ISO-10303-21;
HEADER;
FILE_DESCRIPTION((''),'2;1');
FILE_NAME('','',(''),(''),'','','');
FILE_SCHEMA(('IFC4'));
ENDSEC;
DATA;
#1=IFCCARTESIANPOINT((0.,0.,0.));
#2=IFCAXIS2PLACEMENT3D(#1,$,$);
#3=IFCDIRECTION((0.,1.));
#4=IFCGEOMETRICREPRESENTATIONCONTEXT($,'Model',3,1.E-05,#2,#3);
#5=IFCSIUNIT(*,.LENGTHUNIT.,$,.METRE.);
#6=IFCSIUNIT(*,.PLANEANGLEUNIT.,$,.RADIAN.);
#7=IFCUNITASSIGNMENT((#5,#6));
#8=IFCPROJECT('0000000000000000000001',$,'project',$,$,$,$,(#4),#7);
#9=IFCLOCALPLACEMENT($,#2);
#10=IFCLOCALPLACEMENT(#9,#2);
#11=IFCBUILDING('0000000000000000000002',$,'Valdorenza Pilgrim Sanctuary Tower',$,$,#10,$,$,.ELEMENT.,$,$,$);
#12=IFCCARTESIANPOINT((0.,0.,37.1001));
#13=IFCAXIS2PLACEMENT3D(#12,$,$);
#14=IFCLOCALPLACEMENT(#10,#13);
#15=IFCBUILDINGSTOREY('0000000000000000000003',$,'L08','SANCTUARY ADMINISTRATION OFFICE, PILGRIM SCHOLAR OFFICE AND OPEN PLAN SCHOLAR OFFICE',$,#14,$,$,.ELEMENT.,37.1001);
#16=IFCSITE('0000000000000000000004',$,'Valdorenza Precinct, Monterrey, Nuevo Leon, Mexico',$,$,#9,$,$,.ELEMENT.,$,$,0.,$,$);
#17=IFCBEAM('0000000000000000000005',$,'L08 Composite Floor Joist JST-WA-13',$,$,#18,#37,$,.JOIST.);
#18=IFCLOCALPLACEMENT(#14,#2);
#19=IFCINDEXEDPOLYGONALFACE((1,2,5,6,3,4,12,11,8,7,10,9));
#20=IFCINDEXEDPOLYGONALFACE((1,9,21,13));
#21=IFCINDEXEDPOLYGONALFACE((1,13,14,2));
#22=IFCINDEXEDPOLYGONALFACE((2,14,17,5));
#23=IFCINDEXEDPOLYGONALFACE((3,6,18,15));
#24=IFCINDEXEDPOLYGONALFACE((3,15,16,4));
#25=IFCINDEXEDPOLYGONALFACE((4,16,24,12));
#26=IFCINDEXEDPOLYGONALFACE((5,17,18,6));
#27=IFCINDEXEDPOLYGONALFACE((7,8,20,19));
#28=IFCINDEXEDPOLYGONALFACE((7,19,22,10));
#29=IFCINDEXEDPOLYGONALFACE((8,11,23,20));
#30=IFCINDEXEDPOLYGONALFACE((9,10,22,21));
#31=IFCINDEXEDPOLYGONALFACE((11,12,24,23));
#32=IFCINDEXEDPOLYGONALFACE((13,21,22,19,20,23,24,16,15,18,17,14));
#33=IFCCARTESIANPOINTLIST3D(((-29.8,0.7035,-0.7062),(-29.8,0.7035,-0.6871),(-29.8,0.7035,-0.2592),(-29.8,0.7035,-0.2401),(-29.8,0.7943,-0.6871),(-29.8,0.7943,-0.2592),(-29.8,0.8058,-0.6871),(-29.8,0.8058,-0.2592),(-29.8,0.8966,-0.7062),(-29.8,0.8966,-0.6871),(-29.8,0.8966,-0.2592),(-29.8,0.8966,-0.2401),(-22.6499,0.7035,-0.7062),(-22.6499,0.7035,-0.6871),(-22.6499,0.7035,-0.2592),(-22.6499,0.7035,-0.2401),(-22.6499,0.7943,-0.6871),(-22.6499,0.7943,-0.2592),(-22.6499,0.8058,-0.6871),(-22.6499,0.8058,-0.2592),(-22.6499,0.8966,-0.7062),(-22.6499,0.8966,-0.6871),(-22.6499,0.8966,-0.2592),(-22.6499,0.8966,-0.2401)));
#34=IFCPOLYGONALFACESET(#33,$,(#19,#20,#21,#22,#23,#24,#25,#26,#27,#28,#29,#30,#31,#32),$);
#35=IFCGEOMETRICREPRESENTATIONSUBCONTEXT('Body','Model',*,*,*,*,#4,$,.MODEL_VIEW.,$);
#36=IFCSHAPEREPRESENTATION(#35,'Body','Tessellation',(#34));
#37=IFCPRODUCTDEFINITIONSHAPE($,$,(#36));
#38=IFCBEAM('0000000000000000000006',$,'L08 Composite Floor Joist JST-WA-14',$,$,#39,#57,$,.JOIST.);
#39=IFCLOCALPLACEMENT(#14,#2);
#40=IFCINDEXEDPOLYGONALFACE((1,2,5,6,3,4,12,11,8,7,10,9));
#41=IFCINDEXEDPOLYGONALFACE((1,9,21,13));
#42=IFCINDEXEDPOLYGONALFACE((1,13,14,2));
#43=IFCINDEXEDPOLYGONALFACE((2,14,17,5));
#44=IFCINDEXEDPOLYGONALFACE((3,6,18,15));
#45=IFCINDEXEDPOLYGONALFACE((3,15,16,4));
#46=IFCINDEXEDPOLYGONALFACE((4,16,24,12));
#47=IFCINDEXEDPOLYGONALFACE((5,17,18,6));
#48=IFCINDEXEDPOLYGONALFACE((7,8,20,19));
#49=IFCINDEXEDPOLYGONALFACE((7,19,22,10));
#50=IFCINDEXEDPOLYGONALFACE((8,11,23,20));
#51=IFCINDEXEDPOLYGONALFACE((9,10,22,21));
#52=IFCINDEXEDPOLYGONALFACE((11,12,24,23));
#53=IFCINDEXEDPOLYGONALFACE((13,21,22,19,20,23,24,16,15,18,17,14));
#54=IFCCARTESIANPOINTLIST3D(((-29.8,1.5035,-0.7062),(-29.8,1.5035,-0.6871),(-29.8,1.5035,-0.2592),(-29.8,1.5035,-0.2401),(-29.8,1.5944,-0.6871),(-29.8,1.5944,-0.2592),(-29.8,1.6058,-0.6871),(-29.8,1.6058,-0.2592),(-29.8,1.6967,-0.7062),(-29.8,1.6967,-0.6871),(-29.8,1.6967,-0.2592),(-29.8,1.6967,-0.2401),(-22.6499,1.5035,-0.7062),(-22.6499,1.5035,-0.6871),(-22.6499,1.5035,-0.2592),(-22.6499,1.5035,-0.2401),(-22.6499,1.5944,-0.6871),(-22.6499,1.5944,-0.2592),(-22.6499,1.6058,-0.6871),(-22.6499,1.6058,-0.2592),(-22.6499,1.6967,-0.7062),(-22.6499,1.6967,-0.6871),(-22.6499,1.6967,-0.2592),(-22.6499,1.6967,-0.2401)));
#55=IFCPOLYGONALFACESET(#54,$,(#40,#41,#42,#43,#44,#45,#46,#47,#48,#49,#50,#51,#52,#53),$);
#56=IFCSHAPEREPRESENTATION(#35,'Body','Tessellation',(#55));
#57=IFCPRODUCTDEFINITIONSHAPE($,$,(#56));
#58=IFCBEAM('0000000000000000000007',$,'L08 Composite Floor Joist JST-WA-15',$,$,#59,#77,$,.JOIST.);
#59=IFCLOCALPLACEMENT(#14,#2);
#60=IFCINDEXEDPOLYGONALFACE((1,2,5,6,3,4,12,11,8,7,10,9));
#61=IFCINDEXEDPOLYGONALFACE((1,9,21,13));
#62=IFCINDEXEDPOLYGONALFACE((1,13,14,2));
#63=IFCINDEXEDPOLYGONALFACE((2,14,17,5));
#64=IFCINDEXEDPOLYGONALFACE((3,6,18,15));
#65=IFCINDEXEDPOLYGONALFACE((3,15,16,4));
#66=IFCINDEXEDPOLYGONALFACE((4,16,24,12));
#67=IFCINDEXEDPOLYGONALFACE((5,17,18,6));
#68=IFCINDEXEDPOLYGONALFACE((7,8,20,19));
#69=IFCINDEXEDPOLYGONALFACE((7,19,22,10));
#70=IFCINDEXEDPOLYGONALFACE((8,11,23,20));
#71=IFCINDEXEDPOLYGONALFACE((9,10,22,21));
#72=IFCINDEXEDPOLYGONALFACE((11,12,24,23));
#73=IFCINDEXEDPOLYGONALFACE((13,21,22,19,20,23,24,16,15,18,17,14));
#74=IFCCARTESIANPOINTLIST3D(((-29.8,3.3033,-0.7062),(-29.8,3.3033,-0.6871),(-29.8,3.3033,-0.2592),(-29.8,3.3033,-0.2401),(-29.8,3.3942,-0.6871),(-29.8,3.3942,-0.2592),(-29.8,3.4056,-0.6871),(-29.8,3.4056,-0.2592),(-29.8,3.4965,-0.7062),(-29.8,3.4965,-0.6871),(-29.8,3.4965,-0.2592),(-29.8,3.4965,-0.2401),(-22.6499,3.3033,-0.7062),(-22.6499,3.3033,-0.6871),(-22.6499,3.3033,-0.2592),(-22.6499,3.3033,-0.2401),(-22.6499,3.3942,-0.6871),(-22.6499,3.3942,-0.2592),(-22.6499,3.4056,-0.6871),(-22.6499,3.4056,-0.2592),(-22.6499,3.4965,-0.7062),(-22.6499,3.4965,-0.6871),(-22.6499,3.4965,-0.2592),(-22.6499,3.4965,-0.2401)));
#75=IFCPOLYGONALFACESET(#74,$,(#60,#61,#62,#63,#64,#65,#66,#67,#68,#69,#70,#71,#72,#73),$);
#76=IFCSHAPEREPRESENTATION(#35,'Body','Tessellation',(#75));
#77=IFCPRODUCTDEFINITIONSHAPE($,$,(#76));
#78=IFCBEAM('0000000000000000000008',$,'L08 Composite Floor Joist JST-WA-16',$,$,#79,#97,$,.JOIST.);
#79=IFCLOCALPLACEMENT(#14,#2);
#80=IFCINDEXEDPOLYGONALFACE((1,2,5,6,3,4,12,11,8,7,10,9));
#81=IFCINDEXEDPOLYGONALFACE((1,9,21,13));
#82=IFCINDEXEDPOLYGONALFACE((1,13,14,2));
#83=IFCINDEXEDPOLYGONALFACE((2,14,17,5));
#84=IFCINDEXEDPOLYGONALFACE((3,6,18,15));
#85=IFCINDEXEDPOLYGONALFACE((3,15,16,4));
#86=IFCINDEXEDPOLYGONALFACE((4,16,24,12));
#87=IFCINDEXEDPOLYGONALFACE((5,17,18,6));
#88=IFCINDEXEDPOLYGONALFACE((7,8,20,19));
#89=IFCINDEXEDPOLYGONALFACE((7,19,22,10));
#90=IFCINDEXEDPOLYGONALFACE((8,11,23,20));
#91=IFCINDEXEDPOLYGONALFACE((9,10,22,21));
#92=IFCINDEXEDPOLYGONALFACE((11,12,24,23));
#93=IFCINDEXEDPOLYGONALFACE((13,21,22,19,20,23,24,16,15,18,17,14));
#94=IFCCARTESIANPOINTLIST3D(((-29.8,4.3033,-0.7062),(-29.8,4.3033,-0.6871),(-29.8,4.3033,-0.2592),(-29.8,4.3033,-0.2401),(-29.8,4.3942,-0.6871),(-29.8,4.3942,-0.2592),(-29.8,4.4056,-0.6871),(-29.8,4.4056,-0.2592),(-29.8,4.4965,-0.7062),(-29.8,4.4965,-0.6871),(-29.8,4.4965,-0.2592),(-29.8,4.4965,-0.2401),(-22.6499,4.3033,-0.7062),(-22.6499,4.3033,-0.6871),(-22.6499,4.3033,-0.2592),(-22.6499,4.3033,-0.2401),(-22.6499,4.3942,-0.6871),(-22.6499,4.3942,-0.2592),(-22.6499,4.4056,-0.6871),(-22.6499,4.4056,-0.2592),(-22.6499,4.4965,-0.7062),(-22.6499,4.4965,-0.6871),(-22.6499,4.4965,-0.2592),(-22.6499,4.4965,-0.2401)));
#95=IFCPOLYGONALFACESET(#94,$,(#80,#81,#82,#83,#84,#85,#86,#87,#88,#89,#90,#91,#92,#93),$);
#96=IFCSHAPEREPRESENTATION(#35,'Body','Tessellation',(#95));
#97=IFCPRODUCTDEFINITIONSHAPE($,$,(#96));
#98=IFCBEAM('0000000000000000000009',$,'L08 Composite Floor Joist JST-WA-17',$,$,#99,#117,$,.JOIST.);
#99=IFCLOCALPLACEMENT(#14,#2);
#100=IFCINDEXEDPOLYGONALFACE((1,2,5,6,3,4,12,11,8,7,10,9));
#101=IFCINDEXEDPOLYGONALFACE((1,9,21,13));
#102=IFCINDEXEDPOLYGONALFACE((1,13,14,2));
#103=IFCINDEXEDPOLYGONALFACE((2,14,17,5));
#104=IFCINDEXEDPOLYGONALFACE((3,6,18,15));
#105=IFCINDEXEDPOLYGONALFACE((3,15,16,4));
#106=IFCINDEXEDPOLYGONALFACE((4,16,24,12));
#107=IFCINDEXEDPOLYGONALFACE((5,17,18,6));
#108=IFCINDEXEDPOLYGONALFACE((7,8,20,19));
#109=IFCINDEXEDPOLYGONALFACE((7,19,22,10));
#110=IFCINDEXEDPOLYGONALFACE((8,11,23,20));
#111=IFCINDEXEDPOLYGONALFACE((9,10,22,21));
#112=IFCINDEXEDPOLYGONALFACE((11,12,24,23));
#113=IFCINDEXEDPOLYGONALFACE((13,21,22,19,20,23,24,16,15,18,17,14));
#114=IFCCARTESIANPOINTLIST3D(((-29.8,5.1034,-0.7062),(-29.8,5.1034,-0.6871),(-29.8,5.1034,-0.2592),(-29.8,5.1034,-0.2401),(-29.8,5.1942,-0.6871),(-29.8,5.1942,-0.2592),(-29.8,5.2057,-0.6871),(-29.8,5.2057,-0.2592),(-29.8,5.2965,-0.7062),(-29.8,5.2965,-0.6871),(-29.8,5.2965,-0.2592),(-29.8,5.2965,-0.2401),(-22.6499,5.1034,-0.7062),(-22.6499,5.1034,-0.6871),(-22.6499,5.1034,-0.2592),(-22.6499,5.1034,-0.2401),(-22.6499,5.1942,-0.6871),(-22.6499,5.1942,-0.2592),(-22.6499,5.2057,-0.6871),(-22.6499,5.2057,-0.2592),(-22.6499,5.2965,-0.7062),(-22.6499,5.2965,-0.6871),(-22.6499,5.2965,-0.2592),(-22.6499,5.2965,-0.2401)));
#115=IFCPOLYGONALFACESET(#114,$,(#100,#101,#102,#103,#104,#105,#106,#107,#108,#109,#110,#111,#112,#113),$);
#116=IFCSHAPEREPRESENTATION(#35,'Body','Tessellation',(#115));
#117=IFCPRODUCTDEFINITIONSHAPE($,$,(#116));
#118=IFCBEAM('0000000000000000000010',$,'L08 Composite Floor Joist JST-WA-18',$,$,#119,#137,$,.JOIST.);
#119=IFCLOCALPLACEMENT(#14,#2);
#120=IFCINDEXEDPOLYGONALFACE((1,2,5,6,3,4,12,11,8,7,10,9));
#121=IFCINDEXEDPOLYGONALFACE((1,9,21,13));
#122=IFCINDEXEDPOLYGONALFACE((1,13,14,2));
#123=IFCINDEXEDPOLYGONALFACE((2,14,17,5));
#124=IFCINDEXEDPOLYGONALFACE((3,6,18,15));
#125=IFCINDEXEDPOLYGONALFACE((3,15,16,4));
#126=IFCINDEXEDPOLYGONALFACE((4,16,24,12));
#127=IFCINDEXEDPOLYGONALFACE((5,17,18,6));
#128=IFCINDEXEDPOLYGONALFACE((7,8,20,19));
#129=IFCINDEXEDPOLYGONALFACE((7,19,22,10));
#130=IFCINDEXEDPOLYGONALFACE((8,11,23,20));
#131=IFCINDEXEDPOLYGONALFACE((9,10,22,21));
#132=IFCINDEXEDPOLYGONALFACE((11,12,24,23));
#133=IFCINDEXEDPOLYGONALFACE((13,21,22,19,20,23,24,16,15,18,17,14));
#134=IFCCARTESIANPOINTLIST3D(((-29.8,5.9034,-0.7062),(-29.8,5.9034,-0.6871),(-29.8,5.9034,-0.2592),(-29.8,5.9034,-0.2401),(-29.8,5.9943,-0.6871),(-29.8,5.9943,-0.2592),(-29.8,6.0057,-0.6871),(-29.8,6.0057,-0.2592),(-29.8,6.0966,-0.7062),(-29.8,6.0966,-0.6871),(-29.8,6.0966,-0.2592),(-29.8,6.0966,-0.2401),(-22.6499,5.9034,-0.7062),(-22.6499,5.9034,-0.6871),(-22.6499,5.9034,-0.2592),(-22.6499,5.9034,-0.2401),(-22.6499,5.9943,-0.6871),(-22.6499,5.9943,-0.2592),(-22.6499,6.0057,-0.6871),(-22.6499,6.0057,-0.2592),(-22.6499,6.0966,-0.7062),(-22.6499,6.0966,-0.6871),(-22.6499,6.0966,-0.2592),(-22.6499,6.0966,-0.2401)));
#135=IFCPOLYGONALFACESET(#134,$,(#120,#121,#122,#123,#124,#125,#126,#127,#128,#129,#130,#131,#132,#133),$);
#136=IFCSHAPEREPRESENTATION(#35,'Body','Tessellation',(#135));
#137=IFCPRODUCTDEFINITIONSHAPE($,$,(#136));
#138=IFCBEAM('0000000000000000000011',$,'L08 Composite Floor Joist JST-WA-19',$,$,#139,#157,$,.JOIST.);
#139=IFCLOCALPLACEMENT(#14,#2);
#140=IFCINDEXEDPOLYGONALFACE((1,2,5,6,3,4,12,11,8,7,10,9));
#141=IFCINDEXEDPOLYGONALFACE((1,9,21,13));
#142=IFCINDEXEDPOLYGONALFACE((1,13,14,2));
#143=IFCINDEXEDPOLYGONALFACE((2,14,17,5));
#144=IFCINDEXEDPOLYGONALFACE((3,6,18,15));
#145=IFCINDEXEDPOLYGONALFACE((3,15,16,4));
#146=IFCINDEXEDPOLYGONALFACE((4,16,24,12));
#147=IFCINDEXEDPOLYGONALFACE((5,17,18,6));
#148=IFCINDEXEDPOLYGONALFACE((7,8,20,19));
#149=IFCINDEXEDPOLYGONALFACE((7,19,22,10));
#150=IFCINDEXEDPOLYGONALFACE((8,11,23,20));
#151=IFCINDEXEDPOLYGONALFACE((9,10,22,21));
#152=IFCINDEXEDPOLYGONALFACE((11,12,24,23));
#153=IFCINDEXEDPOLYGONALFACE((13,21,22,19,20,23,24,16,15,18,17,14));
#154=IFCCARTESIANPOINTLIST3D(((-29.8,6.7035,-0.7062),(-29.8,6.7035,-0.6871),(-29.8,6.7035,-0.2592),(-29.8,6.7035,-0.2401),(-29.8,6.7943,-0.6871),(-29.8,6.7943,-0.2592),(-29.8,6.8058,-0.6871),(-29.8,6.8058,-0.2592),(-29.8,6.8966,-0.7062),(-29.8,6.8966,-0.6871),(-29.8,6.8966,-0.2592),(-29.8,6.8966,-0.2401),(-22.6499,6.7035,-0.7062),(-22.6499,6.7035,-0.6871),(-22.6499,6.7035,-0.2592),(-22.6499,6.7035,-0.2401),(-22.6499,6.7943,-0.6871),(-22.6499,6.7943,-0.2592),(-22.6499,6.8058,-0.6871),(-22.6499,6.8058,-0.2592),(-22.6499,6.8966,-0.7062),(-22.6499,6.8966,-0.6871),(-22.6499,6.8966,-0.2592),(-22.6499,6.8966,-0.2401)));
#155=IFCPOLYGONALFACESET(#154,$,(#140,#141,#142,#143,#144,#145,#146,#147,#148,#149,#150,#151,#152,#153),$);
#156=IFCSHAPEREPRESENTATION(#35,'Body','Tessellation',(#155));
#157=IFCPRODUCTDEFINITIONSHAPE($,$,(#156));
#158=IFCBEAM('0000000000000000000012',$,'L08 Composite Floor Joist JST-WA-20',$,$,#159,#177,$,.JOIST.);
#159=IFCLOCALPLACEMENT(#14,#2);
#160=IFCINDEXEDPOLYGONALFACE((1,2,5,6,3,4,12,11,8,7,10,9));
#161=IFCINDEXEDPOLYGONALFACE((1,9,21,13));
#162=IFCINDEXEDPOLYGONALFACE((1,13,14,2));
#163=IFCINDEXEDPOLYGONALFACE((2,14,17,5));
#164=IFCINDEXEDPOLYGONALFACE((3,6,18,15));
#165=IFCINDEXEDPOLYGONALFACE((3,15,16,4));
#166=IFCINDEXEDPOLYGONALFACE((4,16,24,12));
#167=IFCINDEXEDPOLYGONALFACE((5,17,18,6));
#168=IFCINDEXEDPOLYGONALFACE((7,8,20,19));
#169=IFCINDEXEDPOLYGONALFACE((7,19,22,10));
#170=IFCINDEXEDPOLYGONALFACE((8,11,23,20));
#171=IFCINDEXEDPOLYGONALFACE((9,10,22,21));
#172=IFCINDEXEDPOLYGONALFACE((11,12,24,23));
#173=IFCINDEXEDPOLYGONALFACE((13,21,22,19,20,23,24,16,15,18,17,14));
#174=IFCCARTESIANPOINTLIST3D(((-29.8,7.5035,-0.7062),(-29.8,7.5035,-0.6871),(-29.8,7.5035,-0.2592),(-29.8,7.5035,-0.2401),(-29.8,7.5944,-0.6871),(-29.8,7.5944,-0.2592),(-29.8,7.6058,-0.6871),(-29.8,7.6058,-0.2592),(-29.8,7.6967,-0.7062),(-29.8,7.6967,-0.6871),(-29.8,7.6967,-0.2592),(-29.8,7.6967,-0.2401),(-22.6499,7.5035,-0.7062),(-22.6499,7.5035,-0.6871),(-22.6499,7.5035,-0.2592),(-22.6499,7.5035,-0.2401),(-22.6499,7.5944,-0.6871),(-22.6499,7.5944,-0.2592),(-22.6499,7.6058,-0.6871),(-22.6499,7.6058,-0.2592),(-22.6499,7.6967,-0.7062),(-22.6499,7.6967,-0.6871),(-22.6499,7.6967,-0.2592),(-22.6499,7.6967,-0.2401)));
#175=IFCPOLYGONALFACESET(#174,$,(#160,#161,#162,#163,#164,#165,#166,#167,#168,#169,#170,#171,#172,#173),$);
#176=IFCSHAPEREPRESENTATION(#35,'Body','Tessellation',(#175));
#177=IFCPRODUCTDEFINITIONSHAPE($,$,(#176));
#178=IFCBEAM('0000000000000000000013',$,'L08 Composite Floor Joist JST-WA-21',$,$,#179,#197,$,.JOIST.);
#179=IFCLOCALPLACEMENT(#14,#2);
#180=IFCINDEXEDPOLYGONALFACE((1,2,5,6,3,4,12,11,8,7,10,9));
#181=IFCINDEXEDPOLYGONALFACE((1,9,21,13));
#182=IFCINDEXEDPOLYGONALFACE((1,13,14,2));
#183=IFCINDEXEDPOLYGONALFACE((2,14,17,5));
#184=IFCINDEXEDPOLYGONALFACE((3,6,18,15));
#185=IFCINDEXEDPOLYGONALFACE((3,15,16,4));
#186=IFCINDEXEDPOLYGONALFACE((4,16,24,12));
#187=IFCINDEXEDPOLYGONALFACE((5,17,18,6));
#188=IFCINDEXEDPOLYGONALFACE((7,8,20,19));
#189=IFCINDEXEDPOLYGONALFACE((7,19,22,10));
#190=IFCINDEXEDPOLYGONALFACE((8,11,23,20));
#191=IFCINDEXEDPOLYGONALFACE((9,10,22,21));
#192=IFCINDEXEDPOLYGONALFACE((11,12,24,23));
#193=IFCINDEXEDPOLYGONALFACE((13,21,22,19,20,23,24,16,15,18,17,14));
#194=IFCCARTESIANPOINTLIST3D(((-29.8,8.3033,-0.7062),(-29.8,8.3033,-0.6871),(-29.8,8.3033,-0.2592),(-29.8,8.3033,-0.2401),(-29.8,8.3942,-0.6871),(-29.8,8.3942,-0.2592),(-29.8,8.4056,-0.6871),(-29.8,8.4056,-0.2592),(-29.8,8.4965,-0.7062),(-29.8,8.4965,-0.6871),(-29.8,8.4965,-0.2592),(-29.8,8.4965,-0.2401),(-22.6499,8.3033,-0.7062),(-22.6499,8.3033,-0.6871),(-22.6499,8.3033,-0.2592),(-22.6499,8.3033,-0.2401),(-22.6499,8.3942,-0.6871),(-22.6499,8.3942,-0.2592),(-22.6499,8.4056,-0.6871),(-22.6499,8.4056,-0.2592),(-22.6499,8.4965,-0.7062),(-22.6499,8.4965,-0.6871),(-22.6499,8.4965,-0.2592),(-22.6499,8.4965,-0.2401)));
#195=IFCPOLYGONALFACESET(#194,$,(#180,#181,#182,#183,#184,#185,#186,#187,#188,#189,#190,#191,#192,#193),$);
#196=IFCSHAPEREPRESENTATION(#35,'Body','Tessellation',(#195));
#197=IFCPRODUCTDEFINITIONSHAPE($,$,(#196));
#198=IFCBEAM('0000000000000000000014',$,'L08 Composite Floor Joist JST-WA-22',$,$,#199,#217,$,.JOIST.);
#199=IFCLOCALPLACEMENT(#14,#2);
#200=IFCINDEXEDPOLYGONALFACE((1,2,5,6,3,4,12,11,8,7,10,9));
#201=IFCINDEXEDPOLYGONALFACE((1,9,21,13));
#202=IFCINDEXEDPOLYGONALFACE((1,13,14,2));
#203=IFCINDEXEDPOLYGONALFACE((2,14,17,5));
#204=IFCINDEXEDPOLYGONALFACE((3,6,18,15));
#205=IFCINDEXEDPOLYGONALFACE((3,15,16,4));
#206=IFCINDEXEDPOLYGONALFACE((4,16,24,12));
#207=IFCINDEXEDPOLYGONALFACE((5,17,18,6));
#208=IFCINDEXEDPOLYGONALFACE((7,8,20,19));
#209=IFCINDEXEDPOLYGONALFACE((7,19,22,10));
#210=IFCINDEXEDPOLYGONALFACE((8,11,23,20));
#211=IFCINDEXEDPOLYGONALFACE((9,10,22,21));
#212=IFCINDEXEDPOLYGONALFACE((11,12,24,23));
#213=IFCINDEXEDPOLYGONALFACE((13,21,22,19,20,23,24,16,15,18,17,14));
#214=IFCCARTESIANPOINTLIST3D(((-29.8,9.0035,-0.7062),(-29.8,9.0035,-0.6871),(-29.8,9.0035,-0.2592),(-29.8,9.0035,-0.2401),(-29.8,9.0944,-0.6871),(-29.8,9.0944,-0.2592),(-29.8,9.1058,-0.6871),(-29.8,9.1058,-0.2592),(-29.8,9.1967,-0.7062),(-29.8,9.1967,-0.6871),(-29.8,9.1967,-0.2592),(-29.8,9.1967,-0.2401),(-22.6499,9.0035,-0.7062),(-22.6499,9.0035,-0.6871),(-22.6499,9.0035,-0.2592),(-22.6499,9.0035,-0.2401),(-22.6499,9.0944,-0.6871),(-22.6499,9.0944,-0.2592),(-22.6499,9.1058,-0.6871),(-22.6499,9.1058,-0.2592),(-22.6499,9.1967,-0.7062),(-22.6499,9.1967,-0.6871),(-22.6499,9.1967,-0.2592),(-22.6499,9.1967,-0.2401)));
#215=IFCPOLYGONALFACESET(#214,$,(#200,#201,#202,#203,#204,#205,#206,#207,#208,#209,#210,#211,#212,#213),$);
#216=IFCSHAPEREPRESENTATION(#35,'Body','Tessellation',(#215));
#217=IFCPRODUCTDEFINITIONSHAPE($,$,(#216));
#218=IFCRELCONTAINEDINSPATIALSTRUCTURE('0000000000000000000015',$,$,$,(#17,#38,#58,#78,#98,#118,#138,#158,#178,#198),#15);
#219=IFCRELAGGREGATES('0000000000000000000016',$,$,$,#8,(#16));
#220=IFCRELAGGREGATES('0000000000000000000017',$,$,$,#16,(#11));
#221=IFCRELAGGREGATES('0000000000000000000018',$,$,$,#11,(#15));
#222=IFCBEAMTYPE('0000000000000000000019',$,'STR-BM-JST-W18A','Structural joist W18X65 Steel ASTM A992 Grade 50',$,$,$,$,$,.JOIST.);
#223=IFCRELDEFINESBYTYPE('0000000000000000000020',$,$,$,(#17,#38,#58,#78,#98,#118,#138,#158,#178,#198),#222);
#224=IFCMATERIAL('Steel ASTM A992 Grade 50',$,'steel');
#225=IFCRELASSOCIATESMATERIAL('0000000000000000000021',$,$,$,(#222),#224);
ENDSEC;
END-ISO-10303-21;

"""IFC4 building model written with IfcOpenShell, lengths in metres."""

from ifc_helpers import new_model, si_unit, direction, frame, origin, origin_2d, place, context, subcontext, project, spatial, i_section, extrude, source, transform, mapped, material, material_profile, profile_set, type_object, element, save


model = new_model("IFC4")

# Units and contexts
model_context = context("Model", 3, precision=1e-05, world=origin(), true_north=direction((0.0, 1.0)))
body_context = subcontext(model_context, "Body", "Model", "MODEL_VIEW")
ifc_project = project(units=[si_unit("LENGTHUNIT", "METRE"), si_unit("PLANEANGLEUNIT", "RADIAN")], contexts=[model_context])

# Site, building, storey
site_placement = place(None, origin())
site = spatial("IfcSite", under=ifc_project, at=site_placement, Name="Valdorenza Precinct, Monterrey, Nuevo Leon, Mexico", CompositionType="ELEMENT", RefElevation=0.0)
building_placement = place(site_placement, origin())
building = spatial("IfcBuilding", under=site, at=building_placement, Name="Valdorenza Pilgrim Sanctuary Tower", CompositionType="ELEMENT")
storey_placement = place(building_placement, frame((0.0, 0.0, 37.1001)))
storey = spatial("IfcBuildingStorey", under=building, at=storey_placement, Name="L08", Description="SANCTUARY ADMINISTRATION OFFICE, PILGRIM SCHOLAR OFFICE AND OPEN PLAN SCHOLAR OFFICE", CompositionType="ELEMENT", Elevation=37.1001)

# Beams
ifc_material_1 = material(Name="Steel ASTM A992 Grade 50", Category="steel")
ifc_material_profile_1 = material_profile(ifc_material_1, i_section(OverallWidth=0.1931, OverallDepth=0.4661, WebThickness=0.0115, FlangeThickness=0.019, at=origin_2d()), Name="W18X65")
ifc_profile_set_1 = profile_set([ifc_material_profile_1], Name="Steel ASTM A992 Grade 50")
beam_type = type_object("IfcBeamType", Name="STR-BM-JST-W18A", Description="Structural joist W18X65 Steel ASTM A992 Grade 50", PredefinedType="JOIST", material=ifc_profile_set_1)
shared_shape_1 = source(origin(), body_context, "Body", "SweptSolid", [
    extrude(i_section(OverallWidth=0.1931, OverallDepth=0.4661, WebThickness=0.0115, FlangeThickness=0.019, at=origin_2d()), origin(), (0.0, 0.0, 1.0), 7.1501),
])
for number, where, z_axis, x_axis, name in (
    (1, (-29.8, 0.8, -0.4731), (1.0, 0.0, 0.0), (0.0, 1.0, 0.0), "L08 Composite Floor Joist JST-WA-13"),
    (2, (-29.8, 1.6001, -0.4731), (1.0, 0.0, 0.0), (0.0, 1.0, 0.0), "L08 Composite Floor Joist JST-WA-14"),
    (3, (-29.8, 3.3999, -0.4731), (1.0, 0.0, 0.0), (0.0, 1.0, 0.0), "L08 Composite Floor Joist JST-WA-15"),
    (4, (-29.8, 4.3999, -0.4731), (1.0, 0.0, 0.0), (0.0, 1.0, 0.0), "L08 Composite Floor Joist JST-WA-16"),
    (5, (-29.8, 5.2, -0.4731), (1.0, 0.0, 0.0), (0.0, 1.0, 0.0), "L08 Composite Floor Joist JST-WA-17"),
    (6, (-29.8, 6.0, -0.4731), (1.0, 0.0, 0.0), (0.0, 1.0, 0.0), "L08 Composite Floor Joist JST-WA-18"),
    (7, (-29.8, 6.8, -0.4731), (1.0, 0.0, 0.0), (0.0, 1.0, 0.0), "L08 Composite Floor Joist JST-WA-19"),
    (8, (-29.8, 7.6001, -0.4731), (1.0, 0.0, 0.0), (0.0, 1.0, 0.0), "L08 Composite Floor Joist JST-WA-20"),
    (9, (-29.8, 8.3999, -0.4731), (1.0, 0.0, 0.0), (0.0, 1.0, 0.0), "L08 Composite Floor Joist JST-WA-21"),
    (10, (-29.8, 9.1001, -0.4731), (1.0, 0.0, 0.0), (0.0, 1.0, 0.0), "L08 Composite Floor Joist JST-WA-22"),
):
    element("IfcBeam", number, at=place(storey_placement, frame(where, z_axis=z_axis, x_axis=x_axis)), inside=storey, type_object=beam_type, Name=name, PredefinedType="JOIST", context=body_context, shape_type="MappedRepresentation", body=[
        mapped(shared_shape_1, transform((0.0, 0.0, 0.0), x_axis=(1.0, 0.0, 0.0), y_axis=(0.0, 1.0, 0.0), z_axis=(0.0, 0.0, 1.0), scale=1.0)),
    ])

save(model, "model.ifc")
